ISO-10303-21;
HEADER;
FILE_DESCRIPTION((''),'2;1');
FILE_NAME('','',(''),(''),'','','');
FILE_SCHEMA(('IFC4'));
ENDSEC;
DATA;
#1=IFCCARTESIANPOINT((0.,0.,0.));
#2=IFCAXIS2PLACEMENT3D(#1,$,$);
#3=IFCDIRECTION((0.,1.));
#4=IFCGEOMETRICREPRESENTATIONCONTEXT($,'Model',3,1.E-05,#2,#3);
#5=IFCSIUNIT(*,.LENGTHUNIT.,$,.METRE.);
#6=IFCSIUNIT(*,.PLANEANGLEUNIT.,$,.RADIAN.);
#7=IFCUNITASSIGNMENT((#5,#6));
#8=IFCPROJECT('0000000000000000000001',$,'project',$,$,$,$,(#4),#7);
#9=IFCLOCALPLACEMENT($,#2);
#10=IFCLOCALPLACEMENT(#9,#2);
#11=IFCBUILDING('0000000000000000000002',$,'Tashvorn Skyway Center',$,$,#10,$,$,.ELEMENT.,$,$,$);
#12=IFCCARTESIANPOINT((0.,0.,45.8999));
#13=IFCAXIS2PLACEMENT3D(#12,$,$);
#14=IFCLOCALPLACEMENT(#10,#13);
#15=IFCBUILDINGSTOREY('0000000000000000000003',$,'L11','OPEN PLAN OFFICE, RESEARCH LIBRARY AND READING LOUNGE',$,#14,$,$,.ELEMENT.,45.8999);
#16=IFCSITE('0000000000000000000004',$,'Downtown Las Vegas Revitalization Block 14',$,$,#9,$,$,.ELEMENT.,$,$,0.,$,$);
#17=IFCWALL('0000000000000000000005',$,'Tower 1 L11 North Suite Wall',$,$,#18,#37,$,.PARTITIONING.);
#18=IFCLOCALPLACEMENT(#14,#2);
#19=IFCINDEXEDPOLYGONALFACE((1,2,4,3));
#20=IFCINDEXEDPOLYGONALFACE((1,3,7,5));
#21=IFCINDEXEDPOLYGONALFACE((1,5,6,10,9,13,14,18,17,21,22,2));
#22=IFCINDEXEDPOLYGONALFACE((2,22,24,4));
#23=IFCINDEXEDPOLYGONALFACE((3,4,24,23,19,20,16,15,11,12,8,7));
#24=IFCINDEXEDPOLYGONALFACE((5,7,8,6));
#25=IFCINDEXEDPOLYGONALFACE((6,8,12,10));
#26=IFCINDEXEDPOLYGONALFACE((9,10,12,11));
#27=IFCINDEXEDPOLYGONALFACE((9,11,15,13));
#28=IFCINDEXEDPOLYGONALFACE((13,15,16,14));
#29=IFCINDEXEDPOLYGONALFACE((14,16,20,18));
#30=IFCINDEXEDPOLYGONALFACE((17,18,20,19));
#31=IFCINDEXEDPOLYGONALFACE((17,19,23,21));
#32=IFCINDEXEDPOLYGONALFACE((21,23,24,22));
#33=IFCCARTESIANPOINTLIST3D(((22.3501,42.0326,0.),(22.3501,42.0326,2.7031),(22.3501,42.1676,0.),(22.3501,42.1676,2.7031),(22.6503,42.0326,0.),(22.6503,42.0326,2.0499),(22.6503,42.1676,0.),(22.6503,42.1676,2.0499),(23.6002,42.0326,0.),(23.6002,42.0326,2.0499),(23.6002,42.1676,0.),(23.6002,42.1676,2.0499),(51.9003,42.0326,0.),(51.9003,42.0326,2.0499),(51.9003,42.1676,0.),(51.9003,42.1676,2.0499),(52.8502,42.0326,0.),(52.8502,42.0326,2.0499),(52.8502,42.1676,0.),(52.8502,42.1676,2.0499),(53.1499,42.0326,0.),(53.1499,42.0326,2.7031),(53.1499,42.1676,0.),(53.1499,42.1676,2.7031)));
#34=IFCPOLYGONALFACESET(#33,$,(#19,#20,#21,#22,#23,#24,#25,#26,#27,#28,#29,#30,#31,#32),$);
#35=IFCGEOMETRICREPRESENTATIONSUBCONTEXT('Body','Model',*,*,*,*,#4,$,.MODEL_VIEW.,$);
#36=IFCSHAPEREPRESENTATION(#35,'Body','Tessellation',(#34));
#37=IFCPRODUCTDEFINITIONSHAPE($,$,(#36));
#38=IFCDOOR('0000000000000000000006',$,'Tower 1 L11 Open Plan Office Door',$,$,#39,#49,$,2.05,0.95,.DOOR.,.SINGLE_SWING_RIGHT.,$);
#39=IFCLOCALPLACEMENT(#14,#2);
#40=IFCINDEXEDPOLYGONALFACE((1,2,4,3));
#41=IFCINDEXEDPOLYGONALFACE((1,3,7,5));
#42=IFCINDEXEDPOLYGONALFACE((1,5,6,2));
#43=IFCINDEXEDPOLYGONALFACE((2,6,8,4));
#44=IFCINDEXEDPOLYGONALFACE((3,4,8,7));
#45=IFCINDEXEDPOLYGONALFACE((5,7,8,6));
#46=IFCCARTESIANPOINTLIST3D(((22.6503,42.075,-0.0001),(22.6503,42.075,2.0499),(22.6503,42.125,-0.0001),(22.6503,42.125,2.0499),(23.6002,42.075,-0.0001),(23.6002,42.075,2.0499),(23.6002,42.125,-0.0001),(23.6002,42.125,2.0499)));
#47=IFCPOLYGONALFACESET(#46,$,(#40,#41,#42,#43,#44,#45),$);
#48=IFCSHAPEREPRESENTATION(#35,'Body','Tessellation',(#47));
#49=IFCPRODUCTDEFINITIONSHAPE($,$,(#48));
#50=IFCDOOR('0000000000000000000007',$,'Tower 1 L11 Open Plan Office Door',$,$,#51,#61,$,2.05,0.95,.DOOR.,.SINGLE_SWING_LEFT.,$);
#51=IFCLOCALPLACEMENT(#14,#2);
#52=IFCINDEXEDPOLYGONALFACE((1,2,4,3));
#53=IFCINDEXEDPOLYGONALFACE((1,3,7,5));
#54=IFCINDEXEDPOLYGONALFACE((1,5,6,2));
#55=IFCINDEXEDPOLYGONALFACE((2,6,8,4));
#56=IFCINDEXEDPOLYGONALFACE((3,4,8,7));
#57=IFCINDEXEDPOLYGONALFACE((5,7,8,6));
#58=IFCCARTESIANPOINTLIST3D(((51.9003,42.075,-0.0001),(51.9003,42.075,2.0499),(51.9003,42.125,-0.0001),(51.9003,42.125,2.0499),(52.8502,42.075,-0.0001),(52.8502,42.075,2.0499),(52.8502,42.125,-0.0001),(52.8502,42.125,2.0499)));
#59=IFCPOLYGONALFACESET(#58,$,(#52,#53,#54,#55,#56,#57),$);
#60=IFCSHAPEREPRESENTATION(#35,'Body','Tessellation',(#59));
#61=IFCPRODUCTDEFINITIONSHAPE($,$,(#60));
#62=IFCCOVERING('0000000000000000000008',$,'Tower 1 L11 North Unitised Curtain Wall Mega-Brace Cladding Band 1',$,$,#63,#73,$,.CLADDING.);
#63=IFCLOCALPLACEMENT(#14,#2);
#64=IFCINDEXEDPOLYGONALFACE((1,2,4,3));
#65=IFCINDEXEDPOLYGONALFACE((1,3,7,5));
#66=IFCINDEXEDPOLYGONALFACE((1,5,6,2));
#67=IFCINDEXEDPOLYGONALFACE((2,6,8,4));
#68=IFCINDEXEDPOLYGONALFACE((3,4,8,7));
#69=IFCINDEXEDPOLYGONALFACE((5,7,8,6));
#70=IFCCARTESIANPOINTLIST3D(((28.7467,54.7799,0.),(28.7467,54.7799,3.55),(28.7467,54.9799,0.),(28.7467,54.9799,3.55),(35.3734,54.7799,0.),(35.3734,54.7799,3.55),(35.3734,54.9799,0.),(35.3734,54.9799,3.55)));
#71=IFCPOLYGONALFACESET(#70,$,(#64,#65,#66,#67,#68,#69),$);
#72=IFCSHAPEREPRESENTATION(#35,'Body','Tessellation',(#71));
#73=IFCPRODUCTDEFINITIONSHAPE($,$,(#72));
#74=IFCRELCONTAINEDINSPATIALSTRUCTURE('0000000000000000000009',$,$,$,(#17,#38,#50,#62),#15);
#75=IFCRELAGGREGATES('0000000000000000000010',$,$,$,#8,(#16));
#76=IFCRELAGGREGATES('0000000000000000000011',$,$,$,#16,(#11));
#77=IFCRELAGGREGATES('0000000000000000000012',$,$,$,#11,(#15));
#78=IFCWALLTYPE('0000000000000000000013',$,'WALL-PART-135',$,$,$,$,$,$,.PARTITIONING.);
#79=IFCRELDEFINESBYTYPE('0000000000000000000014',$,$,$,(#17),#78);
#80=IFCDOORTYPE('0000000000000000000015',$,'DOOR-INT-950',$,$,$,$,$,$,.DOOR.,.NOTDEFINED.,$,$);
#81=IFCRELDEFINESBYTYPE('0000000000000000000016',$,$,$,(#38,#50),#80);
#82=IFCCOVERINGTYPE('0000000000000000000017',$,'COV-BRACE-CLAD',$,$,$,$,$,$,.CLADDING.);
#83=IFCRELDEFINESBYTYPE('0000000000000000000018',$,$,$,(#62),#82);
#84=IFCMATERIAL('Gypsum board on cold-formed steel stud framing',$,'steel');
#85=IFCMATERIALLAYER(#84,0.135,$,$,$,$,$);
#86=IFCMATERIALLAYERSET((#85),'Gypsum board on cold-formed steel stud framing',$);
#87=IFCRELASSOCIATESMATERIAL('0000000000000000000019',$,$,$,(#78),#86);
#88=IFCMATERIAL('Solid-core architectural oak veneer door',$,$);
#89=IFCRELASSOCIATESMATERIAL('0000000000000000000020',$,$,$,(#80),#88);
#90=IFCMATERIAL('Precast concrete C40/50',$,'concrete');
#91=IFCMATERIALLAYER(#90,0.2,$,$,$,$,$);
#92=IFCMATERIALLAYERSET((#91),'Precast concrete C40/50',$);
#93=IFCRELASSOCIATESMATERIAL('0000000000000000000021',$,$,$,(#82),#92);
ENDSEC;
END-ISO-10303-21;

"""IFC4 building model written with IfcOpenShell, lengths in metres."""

from ifc_helpers import new_model, si_unit, direction, frame, frame_2d, origin, origin_2d, place, context, subcontext, project, spatial, rectangle, extrude, material, layer, layer_set, type_object, element, fill, save


model = new_model("IFC4")

# Units and contexts
model_context = context("Model", 3, precision=1e-05, world=origin(), true_north=direction((0.0, 1.0)))
body_context = subcontext(model_context, "Body", "Model", "MODEL_VIEW")
ifc_project = project(units=[si_unit("LENGTHUNIT", "METRE"), si_unit("PLANEANGLEUNIT", "RADIAN")], contexts=[model_context])

# Site, building, storey
site_placement = place(None, origin())
site = spatial("IfcSite", under=ifc_project, at=site_placement, Name="Downtown Las Vegas Revitalization Block 14", CompositionType="ELEMENT", RefElevation=0.0)
building_placement = place(site_placement, origin())
building = spatial("IfcBuilding", under=site, at=building_placement, Name="Tashvorn Skyway Center", CompositionType="ELEMENT")
storey_placement = place(building_placement, frame((0.0, 0.0, 45.8999)))
storey = spatial("IfcBuildingStorey", under=building, at=storey_placement, Name="L11", Description="OPEN PLAN OFFICE, RESEARCH LIBRARY AND READING LOUNGE", CompositionType="ELEMENT", Elevation=45.8999)

# Wall, openings, doors
ifc_material_1 = material(Name="Gypsum board on cold-formed steel stud framing", Category="steel")
ifc_layer_1 = layer(ifc_material_1, 0.135)
ifc_layer_set_1 = layer_set([ifc_layer_1], Name="Gypsum board on cold-formed steel stud framing")
wall_type = type_object("IfcWallType", Name="WALL-PART-135", PredefinedType="PARTITIONING", material=ifc_layer_set_1)
wall_placement = place(storey_placement, frame((22.3501, 42.1001, 0.0), z_axis=(0.0, 0.0, 1.0), x_axis=(1.0, 0.0, 0.0)))
wall = element("IfcWall", 1, at=wall_placement, inside=storey, type_object=wall_type, Name="Tower 1 L11 North Suite Wall", PredefinedType="PARTITIONING", context=body_context, shape_type="SweptSolid", body=[
    extrude(rectangle(XDim=30.7998, YDim=0.135, at=frame_2d((15.3999, 0.0))), origin(), (0.0, 0.0, 1.0), 2.7031),
])
opening_1_placement = place(wall_placement, frame((0.3, 0.0, 0.0)))
opening_1 = element("IfcOpeningElement", 2, at=opening_1_placement, cuts=wall, PredefinedType="OPENING", context=body_context, shape_type="SweptSolid", body=[
    extrude(rectangle(XDim=0.95, YDim=2.05, at=frame_2d((0.4751, 1.0249))), frame((0.0, 0.0774, 0.0), z_axis=(0.0, -1.0, 0.0), x_axis=(1.0, 0.0, 0.0)), (0.0, 0.0, 1.0), 0.155),
])
opening_2_placement = place(wall_placement, frame((29.55, 0.0, 0.0)))
opening_2 = element("IfcOpeningElement", 3, at=opening_2_placement, cuts=wall, PredefinedType="OPENING", context=body_context, shape_type="SweptSolid", body=[
    extrude(rectangle(XDim=0.95, YDim=2.05, at=frame_2d((0.4751, 1.0249))), frame((0.0, 0.0774, 0.0), z_axis=(0.0, -1.0, 0.0), x_axis=(1.0, 0.0, 0.0)), (0.0, 0.0, 1.0), 0.155),
])
ifc_material_2 = material(Name="Solid-core architectural oak veneer door")
door_type = type_object("IfcDoorType", Name="DOOR-INT-950", OperationType="NOTDEFINED", PredefinedType="DOOR", material=ifc_material_2)
door_1_placement = place(opening_1_placement, origin())
door_1 = element("IfcDoor", 4, at=door_1_placement, inside=storey, type_object=door_type, Name="Tower 1 L11 Open Plan Office Door", OperationType="SINGLE_SWING_RIGHT", OverallHeight=2.05, OverallWidth=0.95, PredefinedType="DOOR", context=body_context, shape_type="SweptSolid", body=[
    extrude(rectangle(XDim=0.95, YDim=2.05, at=frame_2d((0.4751, 1.0249))), frame((0.0, 0.0249, 0.0), z_axis=(0.0, -1.0, 0.0), x_axis=(1.0, 0.0, 0.0)), (0.0, 0.0, 1.0), 0.05),
])
fill(opening_1, door_1)
door_2_placement = place(opening_2_placement, origin())
door_2 = element("IfcDoor", 5, at=door_2_placement, inside=storey, type_object=door_type, Name="Tower 1 L11 Open Plan Office Door", OperationType="SINGLE_SWING_LEFT", OverallHeight=2.05, OverallWidth=0.95, PredefinedType="DOOR", context=body_context, shape_type="SweptSolid", body=[
    extrude(rectangle(XDim=0.95, YDim=2.05, at=frame_2d((0.4751, 1.0249))), frame((0.0, 0.0249, 0.0), z_axis=(0.0, -1.0, 0.0), x_axis=(1.0, 0.0, 0.0)), (0.0, 0.0, 1.0), 0.05),
])
fill(opening_2, door_2)

# Covering
ifc_material_3 = material(Name="Precast concrete C40/50", Category="concrete")
ifc_layer_2 = layer(ifc_material_3, 0.2)
ifc_layer_set_2 = layer_set([ifc_layer_2], Name="Precast concrete C40/50")
covering_type = type_object("IfcCoveringType", Name="COV-BRACE-CLAD", PredefinedType="CLADDING", material=ifc_layer_set_2)
covering_placement = place(storey_placement, frame((32.0601, 54.8799, 0.0), z_axis=(0.0, 0.0, 1.0), x_axis=(1.0, 0.0, 0.0)))
element("IfcCovering", 6, at=covering_placement, inside=storey, type_object=covering_type, Name="Tower 1 L11 North Unitised Curtain Wall Mega-Brace Cladding Band 1", PredefinedType="CLADDING", context=body_context, shape_type="SweptSolid", body=[
    extrude(rectangle(XDim=6.6267, YDim=0.2, at=origin_2d()), origin(), (0.0, 0.0, 1.0), 3.55),
])

save(model, "model.ifc")
